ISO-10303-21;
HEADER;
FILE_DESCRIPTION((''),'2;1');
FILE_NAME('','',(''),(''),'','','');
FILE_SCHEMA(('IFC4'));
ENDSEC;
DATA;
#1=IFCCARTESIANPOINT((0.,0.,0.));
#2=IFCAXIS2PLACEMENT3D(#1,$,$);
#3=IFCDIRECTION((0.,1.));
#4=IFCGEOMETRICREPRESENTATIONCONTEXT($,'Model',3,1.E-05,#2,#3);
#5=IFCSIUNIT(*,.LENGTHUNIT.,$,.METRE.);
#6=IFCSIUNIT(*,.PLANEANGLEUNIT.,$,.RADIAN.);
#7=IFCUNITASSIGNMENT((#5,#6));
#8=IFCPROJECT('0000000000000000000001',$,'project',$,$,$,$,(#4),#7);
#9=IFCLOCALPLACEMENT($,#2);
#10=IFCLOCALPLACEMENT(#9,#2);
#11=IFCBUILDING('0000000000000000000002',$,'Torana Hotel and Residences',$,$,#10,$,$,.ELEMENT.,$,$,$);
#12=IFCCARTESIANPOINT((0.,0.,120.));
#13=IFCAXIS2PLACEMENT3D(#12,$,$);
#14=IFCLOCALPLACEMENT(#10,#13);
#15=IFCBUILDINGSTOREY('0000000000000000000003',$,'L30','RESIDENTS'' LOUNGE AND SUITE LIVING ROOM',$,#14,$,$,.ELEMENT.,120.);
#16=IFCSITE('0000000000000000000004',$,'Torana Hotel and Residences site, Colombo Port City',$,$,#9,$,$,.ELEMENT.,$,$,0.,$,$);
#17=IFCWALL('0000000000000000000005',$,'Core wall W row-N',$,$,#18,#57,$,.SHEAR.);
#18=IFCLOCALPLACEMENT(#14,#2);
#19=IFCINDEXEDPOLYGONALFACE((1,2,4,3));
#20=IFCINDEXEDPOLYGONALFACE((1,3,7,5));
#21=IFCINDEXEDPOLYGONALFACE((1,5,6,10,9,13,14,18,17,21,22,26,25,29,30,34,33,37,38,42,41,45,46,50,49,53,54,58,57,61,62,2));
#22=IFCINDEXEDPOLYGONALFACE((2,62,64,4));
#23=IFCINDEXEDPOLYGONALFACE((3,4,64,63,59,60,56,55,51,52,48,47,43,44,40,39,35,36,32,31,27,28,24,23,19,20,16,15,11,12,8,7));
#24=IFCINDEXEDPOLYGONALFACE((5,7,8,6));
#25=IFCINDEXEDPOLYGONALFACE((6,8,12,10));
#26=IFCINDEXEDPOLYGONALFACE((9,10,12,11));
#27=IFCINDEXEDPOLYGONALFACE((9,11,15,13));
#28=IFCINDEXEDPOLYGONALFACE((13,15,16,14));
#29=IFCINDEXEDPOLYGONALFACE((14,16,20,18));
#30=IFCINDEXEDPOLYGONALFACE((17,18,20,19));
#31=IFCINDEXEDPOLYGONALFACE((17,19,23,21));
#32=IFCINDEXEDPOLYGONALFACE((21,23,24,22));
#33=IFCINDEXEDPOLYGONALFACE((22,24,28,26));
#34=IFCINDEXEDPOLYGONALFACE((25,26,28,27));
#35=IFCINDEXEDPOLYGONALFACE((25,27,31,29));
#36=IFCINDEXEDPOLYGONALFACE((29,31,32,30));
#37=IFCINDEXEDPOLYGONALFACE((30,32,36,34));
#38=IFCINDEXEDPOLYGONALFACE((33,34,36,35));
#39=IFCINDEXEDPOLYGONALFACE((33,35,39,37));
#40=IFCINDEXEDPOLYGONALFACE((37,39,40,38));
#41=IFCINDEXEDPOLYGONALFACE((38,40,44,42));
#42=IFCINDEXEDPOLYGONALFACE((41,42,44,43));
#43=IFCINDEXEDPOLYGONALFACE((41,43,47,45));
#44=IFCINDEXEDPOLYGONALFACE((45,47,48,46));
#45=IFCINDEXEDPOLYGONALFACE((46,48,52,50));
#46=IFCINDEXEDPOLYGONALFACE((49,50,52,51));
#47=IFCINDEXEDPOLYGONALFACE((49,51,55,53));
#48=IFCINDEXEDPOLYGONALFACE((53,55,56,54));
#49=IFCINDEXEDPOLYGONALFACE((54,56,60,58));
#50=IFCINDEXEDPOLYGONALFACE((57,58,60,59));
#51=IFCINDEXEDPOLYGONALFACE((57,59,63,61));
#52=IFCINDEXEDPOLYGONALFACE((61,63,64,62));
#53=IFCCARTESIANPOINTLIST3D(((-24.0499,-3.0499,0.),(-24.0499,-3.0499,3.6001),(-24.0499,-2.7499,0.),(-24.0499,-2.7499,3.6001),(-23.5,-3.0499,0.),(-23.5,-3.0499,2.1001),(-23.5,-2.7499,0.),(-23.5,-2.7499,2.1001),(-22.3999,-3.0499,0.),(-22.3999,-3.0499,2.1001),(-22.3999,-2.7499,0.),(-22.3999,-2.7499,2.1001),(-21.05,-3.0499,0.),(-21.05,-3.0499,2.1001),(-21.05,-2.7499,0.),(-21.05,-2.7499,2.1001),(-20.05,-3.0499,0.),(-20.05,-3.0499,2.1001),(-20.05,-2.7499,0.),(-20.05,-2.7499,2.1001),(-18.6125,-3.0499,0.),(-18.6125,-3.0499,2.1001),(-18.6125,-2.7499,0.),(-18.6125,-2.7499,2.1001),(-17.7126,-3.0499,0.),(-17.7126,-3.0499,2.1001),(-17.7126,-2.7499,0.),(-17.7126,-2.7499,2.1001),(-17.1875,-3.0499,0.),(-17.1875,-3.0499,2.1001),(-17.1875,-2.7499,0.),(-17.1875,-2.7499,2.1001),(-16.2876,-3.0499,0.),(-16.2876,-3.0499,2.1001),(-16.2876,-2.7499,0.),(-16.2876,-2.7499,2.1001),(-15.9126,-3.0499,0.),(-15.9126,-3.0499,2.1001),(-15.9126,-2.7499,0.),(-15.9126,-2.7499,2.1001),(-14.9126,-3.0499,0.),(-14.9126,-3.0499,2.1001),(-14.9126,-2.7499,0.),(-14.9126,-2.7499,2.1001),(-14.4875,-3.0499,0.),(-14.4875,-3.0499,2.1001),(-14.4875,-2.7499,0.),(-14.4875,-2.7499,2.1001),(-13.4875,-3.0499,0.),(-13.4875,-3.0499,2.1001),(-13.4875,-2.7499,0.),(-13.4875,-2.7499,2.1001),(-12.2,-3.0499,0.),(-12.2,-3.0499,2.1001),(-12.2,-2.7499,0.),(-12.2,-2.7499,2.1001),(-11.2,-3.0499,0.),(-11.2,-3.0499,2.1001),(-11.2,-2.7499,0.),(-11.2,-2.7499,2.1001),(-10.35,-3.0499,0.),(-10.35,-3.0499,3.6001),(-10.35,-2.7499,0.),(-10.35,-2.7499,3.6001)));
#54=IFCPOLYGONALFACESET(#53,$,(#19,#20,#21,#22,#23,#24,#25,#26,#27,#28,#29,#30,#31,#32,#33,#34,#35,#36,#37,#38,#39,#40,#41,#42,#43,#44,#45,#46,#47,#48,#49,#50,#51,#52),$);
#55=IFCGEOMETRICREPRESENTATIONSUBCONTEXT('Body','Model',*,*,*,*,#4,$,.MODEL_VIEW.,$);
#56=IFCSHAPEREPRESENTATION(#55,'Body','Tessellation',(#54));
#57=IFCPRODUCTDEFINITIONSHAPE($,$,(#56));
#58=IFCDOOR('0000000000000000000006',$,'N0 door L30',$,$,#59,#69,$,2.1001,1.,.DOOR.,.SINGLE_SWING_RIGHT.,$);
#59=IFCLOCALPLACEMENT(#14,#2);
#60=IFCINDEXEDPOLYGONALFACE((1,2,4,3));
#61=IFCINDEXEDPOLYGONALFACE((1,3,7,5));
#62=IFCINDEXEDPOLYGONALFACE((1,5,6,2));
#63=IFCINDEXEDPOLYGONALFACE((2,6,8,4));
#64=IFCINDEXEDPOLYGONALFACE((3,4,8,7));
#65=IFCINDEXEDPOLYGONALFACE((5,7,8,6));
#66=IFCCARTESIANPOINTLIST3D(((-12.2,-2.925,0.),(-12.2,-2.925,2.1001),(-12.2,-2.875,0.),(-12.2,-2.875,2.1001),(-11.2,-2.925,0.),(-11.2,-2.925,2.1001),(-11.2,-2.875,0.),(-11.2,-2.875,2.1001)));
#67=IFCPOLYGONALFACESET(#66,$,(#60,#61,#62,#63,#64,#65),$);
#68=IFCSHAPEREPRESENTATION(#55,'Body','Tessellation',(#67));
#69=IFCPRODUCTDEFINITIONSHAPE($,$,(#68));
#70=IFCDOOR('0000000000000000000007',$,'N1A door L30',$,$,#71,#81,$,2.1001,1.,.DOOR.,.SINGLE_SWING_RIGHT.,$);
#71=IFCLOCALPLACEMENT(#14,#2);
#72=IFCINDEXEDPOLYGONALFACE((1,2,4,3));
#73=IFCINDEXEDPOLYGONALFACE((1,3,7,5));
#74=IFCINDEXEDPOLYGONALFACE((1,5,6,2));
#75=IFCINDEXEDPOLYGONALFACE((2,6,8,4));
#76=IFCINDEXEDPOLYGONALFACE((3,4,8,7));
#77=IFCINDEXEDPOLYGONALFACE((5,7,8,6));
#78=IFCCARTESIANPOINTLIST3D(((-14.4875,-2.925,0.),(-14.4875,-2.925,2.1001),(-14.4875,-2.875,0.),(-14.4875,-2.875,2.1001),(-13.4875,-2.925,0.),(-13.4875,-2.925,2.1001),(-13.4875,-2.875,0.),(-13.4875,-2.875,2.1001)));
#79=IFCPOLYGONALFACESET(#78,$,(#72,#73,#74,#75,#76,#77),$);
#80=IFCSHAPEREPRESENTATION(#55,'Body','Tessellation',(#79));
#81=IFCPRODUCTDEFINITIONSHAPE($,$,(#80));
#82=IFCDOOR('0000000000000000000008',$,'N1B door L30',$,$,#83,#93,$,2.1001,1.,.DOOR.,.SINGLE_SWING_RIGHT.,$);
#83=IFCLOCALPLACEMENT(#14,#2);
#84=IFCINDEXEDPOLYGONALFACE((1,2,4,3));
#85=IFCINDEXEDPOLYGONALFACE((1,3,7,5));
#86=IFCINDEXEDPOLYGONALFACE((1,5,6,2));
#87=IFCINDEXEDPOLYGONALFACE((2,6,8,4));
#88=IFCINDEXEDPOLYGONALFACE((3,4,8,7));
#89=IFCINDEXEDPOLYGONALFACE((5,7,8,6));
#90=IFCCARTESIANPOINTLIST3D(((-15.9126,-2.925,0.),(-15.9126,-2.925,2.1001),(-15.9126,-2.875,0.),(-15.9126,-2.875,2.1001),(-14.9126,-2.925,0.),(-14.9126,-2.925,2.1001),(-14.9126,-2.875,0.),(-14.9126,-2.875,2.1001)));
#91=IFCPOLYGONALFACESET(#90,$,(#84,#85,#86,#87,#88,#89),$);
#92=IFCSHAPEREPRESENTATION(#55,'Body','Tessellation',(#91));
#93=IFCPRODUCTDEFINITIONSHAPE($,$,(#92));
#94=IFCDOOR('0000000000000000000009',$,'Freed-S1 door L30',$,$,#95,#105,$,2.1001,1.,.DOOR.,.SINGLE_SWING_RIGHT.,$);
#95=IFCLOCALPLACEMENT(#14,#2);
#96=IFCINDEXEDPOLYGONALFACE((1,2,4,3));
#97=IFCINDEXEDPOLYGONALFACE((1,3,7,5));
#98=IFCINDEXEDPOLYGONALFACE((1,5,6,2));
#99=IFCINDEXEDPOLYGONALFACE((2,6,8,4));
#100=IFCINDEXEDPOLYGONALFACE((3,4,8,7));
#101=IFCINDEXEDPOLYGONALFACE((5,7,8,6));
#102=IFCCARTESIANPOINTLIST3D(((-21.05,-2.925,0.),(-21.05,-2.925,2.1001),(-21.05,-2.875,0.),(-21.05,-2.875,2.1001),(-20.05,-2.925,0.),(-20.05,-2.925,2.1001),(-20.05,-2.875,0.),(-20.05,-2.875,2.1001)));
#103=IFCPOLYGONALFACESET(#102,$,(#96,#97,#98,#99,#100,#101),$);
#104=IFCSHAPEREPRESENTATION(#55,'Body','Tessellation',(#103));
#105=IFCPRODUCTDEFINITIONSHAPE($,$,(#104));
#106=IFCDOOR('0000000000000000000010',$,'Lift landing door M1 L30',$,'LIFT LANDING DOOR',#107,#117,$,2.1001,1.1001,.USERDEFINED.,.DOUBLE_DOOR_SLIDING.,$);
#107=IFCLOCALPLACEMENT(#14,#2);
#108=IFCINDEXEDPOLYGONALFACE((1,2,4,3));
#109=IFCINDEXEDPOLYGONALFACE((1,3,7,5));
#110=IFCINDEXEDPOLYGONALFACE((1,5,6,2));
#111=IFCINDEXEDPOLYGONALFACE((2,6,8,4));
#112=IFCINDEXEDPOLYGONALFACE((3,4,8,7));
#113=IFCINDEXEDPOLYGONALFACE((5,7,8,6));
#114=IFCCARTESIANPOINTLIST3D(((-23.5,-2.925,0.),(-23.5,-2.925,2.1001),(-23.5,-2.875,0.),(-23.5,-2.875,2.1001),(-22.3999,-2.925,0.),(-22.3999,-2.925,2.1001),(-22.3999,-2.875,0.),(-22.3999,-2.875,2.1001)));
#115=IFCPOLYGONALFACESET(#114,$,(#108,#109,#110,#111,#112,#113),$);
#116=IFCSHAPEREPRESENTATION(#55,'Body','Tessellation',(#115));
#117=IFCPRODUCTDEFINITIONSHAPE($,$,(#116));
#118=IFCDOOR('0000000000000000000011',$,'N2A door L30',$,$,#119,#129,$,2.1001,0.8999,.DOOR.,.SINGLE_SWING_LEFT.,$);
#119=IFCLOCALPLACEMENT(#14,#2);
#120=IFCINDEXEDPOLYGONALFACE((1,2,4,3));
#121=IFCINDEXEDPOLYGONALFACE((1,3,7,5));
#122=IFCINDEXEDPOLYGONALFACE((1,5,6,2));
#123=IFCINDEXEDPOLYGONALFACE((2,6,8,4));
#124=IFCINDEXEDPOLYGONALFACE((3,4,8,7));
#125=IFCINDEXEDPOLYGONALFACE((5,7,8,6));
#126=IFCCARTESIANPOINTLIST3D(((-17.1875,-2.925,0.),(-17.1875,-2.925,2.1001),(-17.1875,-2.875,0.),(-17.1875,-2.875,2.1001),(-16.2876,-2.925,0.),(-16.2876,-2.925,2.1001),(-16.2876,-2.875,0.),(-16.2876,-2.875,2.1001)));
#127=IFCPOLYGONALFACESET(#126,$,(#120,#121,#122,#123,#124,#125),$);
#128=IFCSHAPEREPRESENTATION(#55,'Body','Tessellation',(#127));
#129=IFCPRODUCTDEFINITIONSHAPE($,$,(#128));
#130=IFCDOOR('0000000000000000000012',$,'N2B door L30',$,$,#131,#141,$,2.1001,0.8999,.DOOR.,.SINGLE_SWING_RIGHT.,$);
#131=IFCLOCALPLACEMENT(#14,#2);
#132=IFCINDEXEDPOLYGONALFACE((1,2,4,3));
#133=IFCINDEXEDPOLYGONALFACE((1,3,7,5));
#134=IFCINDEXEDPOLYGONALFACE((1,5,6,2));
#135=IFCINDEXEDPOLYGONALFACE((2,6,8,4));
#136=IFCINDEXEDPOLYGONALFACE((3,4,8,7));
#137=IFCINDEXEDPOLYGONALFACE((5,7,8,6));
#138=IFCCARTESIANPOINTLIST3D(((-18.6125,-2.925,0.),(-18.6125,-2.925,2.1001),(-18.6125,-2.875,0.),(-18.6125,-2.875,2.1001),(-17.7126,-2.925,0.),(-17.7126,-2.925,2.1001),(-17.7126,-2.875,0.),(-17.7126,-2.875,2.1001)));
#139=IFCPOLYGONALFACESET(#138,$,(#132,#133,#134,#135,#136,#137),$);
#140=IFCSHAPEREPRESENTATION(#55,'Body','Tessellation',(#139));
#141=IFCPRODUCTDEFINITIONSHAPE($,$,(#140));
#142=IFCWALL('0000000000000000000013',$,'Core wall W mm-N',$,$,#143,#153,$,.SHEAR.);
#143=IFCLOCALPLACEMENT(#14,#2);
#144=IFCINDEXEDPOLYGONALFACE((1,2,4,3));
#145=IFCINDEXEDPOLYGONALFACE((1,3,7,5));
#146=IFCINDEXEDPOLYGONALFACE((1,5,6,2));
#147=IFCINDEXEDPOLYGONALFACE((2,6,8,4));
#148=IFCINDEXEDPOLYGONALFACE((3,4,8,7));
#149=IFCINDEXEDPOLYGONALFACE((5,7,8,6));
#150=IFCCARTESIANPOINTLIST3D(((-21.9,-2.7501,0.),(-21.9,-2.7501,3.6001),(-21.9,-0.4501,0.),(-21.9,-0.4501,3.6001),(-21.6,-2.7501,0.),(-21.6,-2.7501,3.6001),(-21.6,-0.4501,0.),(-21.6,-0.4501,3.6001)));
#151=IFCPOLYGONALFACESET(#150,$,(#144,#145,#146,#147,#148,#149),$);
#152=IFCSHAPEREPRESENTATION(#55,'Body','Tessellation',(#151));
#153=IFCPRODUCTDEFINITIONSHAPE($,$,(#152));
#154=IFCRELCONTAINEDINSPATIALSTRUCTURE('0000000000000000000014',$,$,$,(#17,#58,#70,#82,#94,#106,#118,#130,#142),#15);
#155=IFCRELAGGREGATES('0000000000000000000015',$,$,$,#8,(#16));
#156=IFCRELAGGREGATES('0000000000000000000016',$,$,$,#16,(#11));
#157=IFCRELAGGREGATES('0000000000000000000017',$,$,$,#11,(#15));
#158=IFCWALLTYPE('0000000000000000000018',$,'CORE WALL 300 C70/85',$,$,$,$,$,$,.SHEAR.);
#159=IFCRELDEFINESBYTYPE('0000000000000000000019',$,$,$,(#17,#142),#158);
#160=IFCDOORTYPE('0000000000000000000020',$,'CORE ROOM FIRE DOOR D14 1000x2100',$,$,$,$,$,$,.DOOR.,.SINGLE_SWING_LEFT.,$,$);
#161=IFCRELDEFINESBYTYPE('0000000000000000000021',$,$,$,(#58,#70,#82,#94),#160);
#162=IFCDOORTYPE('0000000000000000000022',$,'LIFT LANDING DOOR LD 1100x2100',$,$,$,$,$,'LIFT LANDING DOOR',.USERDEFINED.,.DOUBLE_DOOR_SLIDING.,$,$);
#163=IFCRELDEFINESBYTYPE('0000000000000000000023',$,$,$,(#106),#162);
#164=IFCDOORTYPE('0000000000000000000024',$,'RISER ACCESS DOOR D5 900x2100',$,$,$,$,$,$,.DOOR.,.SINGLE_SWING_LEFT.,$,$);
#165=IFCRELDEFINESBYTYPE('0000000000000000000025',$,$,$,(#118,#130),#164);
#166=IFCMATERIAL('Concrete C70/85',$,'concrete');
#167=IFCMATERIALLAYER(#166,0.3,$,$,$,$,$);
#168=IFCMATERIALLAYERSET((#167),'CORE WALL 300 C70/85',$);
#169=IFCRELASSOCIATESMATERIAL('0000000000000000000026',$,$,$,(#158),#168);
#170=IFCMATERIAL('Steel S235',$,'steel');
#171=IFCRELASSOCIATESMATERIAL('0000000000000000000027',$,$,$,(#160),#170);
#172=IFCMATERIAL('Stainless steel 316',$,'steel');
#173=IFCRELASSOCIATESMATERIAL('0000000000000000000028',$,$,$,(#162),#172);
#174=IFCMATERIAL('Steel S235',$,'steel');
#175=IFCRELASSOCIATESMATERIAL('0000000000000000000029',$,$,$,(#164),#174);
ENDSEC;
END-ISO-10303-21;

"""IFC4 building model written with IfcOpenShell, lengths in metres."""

from ifc_helpers import new_model, si_unit, direction, frame, frame_2d, origin, place, context, subcontext, project, spatial, rectangle, extrude, material, layer, layer_set, type_object, element, fill, save


model = new_model("IFC4")

# Units and contexts
model_context = context("Model", 3, precision=1e-05, world=origin(), true_north=direction((0.0, 1.0)))
body_context = subcontext(model_context, "Body", "Model", "MODEL_VIEW")
ifc_project = project(units=[si_unit("LENGTHUNIT", "METRE"), si_unit("PLANEANGLEUNIT", "RADIAN")], contexts=[model_context])

# Site, building, storey
site_placement = place(None, origin())
site = spatial("IfcSite", under=ifc_project, at=site_placement, Name="Torana Hotel and Residences site, Colombo Port City", CompositionType="ELEMENT", RefElevation=0.0)
building_placement = place(site_placement, origin())
building = spatial("IfcBuilding", under=site, at=building_placement, Name="Torana Hotel and Residences", CompositionType="ELEMENT")
storey_placement = place(building_placement, frame((0.0, 0.0, 120.0)))
storey = spatial("IfcBuildingStorey", under=building, at=storey_placement, Name="L30", Description="RESIDENTS' LOUNGE AND SUITE LIVING ROOM", CompositionType="ELEMENT", Elevation=120.0)

# Wall, openings, doors
ifc_material_1 = material(Name="Concrete C70/85", Category="concrete")
ifc_layer_1 = layer(ifc_material_1, 0.3)
ifc_layer_set_1 = layer_set([ifc_layer_1], Name="CORE WALL 300 C70/85")
wall_type_1 = type_object("IfcWallType", Name="CORE WALL 300 C70/85", PredefinedType="SHEAR", material=ifc_layer_set_1)
wall_1_placement = place(storey_placement, frame((-24.05, -2.8999, 0.0), z_axis=(0.0, 0.0, 1.0), x_axis=(1.0, 0.0, 0.0)))
wall_1 = element("IfcWall", 1, at=wall_1_placement, inside=storey, type_object=wall_type_1, Name="Core wall W row-N", PredefinedType="SHEAR", context=body_context, shape_type="SweptSolid", body=[
    extrude(rectangle(XDim=13.7, YDim=0.3, at=frame_2d((6.8501, 0.0))), origin(), (0.0, 0.0, 1.0), 3.6001),
])
opening_1_placement = place(wall_1_placement, frame((0.55, 0.0, 0.0)))
opening_1 = element("IfcOpeningElement", 2, at=opening_1_placement, cuts=wall_1, PredefinedType="OPENING", context=body_context, shape_type="SweptSolid", body=[
    extrude(rectangle(XDim=1.1001, YDim=2.1001, at=frame_2d((0.55, 1.05))), frame((0.0, 0.1599, 0.0), z_axis=(0.0, -1.0, 0.0), x_axis=(1.0, 0.0, 0.0)), (0.0, 0.0, 1.0), 0.3201),
])
opening_2_placement = place(wall_1_placement, frame((6.8625, 0.0, 0.0)))
opening_2 = element("IfcOpeningElement", 3, at=opening_2_placement, cuts=wall_1, PredefinedType="OPENING", context=body_context, shape_type="SweptSolid", body=[
    extrude(rectangle(XDim=0.8999, YDim=2.1001, at=frame_2d((0.45, 1.05))), frame((0.0, 0.1599, 0.0), z_axis=(0.0, -1.0, 0.0), x_axis=(1.0, 0.0, 0.0)), (0.0, 0.0, 1.0), 0.3201),
])
opening_3_placement = place(wall_1_placement, frame((5.4375, 0.0, 0.0)))
opening_3 = element("IfcOpeningElement", 4, at=opening_3_placement, cuts=wall_1, PredefinedType="OPENING", context=body_context, shape_type="SweptSolid", body=[
    extrude(rectangle(XDim=0.8999, YDim=2.1001, at=frame_2d((0.45, 1.05))), frame((0.0, 0.1599, 0.0), z_axis=(0.0, -1.0, 0.0), x_axis=(1.0, 0.0, 0.0)), (0.0, 0.0, 1.0), 0.3201),
])
opening_4_placement = place(wall_1_placement, frame((11.8501, 0.0, 0.0)))
opening_4 = element("IfcOpeningElement", 5, at=opening_4_placement, cuts=wall_1, PredefinedType="OPENING", context=body_context, shape_type="SweptSolid", body=[
    extrude(rectangle(XDim=1.0, YDim=2.1001, at=frame_2d((0.5, 1.05))), frame((0.0, 0.1599, 0.0), z_axis=(0.0, -1.0, 0.0), x_axis=(1.0, 0.0, 0.0)), (0.0, 0.0, 1.0), 0.3201),
])
opening_5_placement = place(wall_1_placement, frame((9.5625, 0.0, 0.0)))
opening_5 = element("IfcOpeningElement", 6, at=opening_5_placement, cuts=wall_1, PredefinedType="OPENING", context=body_context, shape_type="SweptSolid", body=[
    extrude(rectangle(XDim=1.0, YDim=2.1001, at=frame_2d((0.5, 1.05))), frame((0.0, 0.1599, 0.0), z_axis=(0.0, -1.0, 0.0), x_axis=(1.0, 0.0, 0.0)), (0.0, 0.0, 1.0), 0.3201),
])
opening_6_placement = place(wall_1_placement, frame((8.1375, 0.0, 0.0)))
opening_6 = element("IfcOpeningElement", 7, at=opening_6_placement, cuts=wall_1, PredefinedType="OPENING", context=body_context, shape_type="SweptSolid", body=[
    extrude(rectangle(XDim=1.0, YDim=2.1001, at=frame_2d((0.5, 1.05))), frame((0.0, 0.1599, 0.0), z_axis=(0.0, -1.0, 0.0), x_axis=(1.0, 0.0, 0.0)), (0.0, 0.0, 1.0), 0.3201),
])
opening_7_placement = place(wall_1_placement, frame((3.0, 0.0, 0.0)))
opening_7 = element("IfcOpeningElement", 8, at=opening_7_placement, cuts=wall_1, PredefinedType="OPENING", context=body_context, shape_type="SweptSolid", body=[
    extrude(rectangle(XDim=1.0, YDim=2.1001, at=frame_2d((0.5, 1.05))), frame((0.0, 0.1599, 0.0), z_axis=(0.0, -1.0, 0.0), x_axis=(1.0, 0.0, 0.0)), (0.0, 0.0, 1.0), 0.3201),
])
ifc_material_2 = material(Name="Steel S235", Category="steel")
door_type_1 = type_object("IfcDoorType", Name="CORE ROOM FIRE DOOR D14 1000x2100", OperationType="SINGLE_SWING_LEFT", PredefinedType="DOOR", material=ifc_material_2)
door_1_placement = place(opening_4_placement, origin())
door_1 = element("IfcDoor", 9, at=door_1_placement, inside=storey, type_object=door_type_1, Name="N0 door L30", OperationType="SINGLE_SWING_RIGHT", OverallHeight=2.1001, OverallWidth=1.0, PredefinedType="DOOR", context=body_context, shape_type="SweptSolid", body=[
    extrude(rectangle(XDim=1.0, YDim=2.1001, at=frame_2d((0.5, 1.05))), frame((0.0, 0.0249, 0.0), z_axis=(0.0, -1.0, 0.0), x_axis=(1.0, 0.0, 0.0)), (0.0, 0.0, 1.0), 0.05),
])
fill(opening_4, door_1)
door_2_placement = place(opening_5_placement, origin())
door_2 = element("IfcDoor", 10, at=door_2_placement, inside=storey, type_object=door_type_1, Name="N1A door L30", OperationType="SINGLE_SWING_RIGHT", OverallHeight=2.1001, OverallWidth=1.0, PredefinedType="DOOR", context=body_context, shape_type="SweptSolid", body=[
    extrude(rectangle(XDim=1.0, YDim=2.1001, at=frame_2d((0.5, 1.05))), frame((0.0, 0.0249, 0.0), z_axis=(0.0, -1.0, 0.0), x_axis=(1.0, 0.0, 0.0)), (0.0, 0.0, 1.0), 0.05),
])
fill(opening_5, door_2)
door_3_placement = place(opening_6_placement, origin())
door_3 = element("IfcDoor", 11, at=door_3_placement, inside=storey, type_object=door_type_1, Name="N1B door L30", OperationType="SINGLE_SWING_RIGHT", OverallHeight=2.1001, OverallWidth=1.0, PredefinedType="DOOR", context=body_context, shape_type="SweptSolid", body=[
    extrude(rectangle(XDim=1.0, YDim=2.1001, at=frame_2d((0.5, 1.05))), frame((0.0, 0.0249, 0.0), z_axis=(0.0, -1.0, 0.0), x_axis=(1.0, 0.0, 0.0)), (0.0, 0.0, 1.0), 0.05),
])
fill(opening_6, door_3)
door_4_placement = place(opening_7_placement, origin())
door_4 = element("IfcDoor", 12, at=door_4_placement, inside=storey, type_object=door_type_1, Name="Freed-S1 door L30", OperationType="SINGLE_SWING_RIGHT", OverallHeight=2.1001, OverallWidth=1.0, PredefinedType="DOOR", context=body_context, shape_type="SweptSolid", body=[
    extrude(rectangle(XDim=1.0, YDim=2.1001, at=frame_2d((0.5, 1.05))), frame((0.0, 0.0249, 0.0), z_axis=(0.0, -1.0, 0.0), x_axis=(1.0, 0.0, 0.0)), (0.0, 0.0, 1.0), 0.05),
])
fill(opening_7, door_4)
ifc_material_3 = material(Name="Stainless steel 316", Category="steel")
door_type_2 = type_object("IfcDoorType", Name="LIFT LANDING DOOR LD 1100x2100", ElementType="LIFT LANDING DOOR", OperationType="DOUBLE_DOOR_SLIDING", PredefinedType="USERDEFINED", material=ifc_material_3)
door_5_placement = place(opening_1_placement, origin())
door_5 = element("IfcDoor", 13, at=door_5_placement, inside=storey, type_object=door_type_2, Name="Lift landing door M1 L30", ObjectType="LIFT LANDING DOOR", OperationType="DOUBLE_DOOR_SLIDING", OverallHeight=2.1001, OverallWidth=1.1001, PredefinedType="USERDEFINED", context=body_context, shape_type="SweptSolid", body=[
    extrude(rectangle(XDim=1.1001, YDim=2.1001, at=frame_2d((0.55, 1.05))), frame((0.0, 0.0249, 0.0), z_axis=(0.0, -1.0, 0.0), x_axis=(1.0, 0.0, 0.0)), (0.0, 0.0, 1.0), 0.05),
])
fill(opening_1, door_5)
ifc_material_4 = material(Name="Steel S235", Category="steel")
door_type_3 = type_object("IfcDoorType", Name="RISER ACCESS DOOR D5 900x2100", OperationType="SINGLE_SWING_LEFT", PredefinedType="DOOR", material=ifc_material_4)
door_6_placement = place(opening_2_placement, origin())
door_6 = element("IfcDoor", 14, at=door_6_placement, inside=storey, type_object=door_type_3, Name="N2A door L30", OperationType="SINGLE_SWING_LEFT", OverallHeight=2.1001, OverallWidth=0.8999, PredefinedType="DOOR", context=body_context, shape_type="SweptSolid", body=[
    extrude(rectangle(XDim=0.8999, YDim=2.1001, at=frame_2d((0.45, 1.05))), frame((0.0, 0.0249, 0.0), z_axis=(0.0, -1.0, 0.0), x_axis=(1.0, 0.0, 0.0)), (0.0, 0.0, 1.0), 0.05),
])
fill(opening_2, door_6)
door_7_placement = place(opening_3_placement, origin())
door_7 = element("IfcDoor", 15, at=door_7_placement, inside=storey, type_object=door_type_3, Name="N2B door L30", OperationType="SINGLE_SWING_RIGHT", OverallHeight=2.1001, OverallWidth=0.8999, PredefinedType="DOOR", context=body_context, shape_type="SweptSolid", body=[
    extrude(rectangle(XDim=0.8999, YDim=2.1001, at=frame_2d((0.45, 1.05))), frame((0.0, 0.0249, 0.0), z_axis=(0.0, -1.0, 0.0), x_axis=(1.0, 0.0, 0.0)), (0.0, 0.0, 1.0), 0.05),
])
fill(opening_3, door_7)

# Wall
wall_2_placement = place(storey_placement, frame((-21.75, -2.75, 0.0), z_axis=(0.0, 0.0, 1.0), x_axis=(0.0, 1.0, 0.0)))
element("IfcWall", 16, at=wall_2_placement, inside=storey, type_object=wall_type_1, Name="Core wall W mm-N", PredefinedType="SHEAR", context=body_context, shape_type="SweptSolid", body=[
    extrude(rectangle(XDim=2.3, YDim=0.3, at=frame_2d((1.1499, 0.0))), origin(), (0.0, 0.0, 1.0), 3.6001),
])

save(model, "model.ifc")
